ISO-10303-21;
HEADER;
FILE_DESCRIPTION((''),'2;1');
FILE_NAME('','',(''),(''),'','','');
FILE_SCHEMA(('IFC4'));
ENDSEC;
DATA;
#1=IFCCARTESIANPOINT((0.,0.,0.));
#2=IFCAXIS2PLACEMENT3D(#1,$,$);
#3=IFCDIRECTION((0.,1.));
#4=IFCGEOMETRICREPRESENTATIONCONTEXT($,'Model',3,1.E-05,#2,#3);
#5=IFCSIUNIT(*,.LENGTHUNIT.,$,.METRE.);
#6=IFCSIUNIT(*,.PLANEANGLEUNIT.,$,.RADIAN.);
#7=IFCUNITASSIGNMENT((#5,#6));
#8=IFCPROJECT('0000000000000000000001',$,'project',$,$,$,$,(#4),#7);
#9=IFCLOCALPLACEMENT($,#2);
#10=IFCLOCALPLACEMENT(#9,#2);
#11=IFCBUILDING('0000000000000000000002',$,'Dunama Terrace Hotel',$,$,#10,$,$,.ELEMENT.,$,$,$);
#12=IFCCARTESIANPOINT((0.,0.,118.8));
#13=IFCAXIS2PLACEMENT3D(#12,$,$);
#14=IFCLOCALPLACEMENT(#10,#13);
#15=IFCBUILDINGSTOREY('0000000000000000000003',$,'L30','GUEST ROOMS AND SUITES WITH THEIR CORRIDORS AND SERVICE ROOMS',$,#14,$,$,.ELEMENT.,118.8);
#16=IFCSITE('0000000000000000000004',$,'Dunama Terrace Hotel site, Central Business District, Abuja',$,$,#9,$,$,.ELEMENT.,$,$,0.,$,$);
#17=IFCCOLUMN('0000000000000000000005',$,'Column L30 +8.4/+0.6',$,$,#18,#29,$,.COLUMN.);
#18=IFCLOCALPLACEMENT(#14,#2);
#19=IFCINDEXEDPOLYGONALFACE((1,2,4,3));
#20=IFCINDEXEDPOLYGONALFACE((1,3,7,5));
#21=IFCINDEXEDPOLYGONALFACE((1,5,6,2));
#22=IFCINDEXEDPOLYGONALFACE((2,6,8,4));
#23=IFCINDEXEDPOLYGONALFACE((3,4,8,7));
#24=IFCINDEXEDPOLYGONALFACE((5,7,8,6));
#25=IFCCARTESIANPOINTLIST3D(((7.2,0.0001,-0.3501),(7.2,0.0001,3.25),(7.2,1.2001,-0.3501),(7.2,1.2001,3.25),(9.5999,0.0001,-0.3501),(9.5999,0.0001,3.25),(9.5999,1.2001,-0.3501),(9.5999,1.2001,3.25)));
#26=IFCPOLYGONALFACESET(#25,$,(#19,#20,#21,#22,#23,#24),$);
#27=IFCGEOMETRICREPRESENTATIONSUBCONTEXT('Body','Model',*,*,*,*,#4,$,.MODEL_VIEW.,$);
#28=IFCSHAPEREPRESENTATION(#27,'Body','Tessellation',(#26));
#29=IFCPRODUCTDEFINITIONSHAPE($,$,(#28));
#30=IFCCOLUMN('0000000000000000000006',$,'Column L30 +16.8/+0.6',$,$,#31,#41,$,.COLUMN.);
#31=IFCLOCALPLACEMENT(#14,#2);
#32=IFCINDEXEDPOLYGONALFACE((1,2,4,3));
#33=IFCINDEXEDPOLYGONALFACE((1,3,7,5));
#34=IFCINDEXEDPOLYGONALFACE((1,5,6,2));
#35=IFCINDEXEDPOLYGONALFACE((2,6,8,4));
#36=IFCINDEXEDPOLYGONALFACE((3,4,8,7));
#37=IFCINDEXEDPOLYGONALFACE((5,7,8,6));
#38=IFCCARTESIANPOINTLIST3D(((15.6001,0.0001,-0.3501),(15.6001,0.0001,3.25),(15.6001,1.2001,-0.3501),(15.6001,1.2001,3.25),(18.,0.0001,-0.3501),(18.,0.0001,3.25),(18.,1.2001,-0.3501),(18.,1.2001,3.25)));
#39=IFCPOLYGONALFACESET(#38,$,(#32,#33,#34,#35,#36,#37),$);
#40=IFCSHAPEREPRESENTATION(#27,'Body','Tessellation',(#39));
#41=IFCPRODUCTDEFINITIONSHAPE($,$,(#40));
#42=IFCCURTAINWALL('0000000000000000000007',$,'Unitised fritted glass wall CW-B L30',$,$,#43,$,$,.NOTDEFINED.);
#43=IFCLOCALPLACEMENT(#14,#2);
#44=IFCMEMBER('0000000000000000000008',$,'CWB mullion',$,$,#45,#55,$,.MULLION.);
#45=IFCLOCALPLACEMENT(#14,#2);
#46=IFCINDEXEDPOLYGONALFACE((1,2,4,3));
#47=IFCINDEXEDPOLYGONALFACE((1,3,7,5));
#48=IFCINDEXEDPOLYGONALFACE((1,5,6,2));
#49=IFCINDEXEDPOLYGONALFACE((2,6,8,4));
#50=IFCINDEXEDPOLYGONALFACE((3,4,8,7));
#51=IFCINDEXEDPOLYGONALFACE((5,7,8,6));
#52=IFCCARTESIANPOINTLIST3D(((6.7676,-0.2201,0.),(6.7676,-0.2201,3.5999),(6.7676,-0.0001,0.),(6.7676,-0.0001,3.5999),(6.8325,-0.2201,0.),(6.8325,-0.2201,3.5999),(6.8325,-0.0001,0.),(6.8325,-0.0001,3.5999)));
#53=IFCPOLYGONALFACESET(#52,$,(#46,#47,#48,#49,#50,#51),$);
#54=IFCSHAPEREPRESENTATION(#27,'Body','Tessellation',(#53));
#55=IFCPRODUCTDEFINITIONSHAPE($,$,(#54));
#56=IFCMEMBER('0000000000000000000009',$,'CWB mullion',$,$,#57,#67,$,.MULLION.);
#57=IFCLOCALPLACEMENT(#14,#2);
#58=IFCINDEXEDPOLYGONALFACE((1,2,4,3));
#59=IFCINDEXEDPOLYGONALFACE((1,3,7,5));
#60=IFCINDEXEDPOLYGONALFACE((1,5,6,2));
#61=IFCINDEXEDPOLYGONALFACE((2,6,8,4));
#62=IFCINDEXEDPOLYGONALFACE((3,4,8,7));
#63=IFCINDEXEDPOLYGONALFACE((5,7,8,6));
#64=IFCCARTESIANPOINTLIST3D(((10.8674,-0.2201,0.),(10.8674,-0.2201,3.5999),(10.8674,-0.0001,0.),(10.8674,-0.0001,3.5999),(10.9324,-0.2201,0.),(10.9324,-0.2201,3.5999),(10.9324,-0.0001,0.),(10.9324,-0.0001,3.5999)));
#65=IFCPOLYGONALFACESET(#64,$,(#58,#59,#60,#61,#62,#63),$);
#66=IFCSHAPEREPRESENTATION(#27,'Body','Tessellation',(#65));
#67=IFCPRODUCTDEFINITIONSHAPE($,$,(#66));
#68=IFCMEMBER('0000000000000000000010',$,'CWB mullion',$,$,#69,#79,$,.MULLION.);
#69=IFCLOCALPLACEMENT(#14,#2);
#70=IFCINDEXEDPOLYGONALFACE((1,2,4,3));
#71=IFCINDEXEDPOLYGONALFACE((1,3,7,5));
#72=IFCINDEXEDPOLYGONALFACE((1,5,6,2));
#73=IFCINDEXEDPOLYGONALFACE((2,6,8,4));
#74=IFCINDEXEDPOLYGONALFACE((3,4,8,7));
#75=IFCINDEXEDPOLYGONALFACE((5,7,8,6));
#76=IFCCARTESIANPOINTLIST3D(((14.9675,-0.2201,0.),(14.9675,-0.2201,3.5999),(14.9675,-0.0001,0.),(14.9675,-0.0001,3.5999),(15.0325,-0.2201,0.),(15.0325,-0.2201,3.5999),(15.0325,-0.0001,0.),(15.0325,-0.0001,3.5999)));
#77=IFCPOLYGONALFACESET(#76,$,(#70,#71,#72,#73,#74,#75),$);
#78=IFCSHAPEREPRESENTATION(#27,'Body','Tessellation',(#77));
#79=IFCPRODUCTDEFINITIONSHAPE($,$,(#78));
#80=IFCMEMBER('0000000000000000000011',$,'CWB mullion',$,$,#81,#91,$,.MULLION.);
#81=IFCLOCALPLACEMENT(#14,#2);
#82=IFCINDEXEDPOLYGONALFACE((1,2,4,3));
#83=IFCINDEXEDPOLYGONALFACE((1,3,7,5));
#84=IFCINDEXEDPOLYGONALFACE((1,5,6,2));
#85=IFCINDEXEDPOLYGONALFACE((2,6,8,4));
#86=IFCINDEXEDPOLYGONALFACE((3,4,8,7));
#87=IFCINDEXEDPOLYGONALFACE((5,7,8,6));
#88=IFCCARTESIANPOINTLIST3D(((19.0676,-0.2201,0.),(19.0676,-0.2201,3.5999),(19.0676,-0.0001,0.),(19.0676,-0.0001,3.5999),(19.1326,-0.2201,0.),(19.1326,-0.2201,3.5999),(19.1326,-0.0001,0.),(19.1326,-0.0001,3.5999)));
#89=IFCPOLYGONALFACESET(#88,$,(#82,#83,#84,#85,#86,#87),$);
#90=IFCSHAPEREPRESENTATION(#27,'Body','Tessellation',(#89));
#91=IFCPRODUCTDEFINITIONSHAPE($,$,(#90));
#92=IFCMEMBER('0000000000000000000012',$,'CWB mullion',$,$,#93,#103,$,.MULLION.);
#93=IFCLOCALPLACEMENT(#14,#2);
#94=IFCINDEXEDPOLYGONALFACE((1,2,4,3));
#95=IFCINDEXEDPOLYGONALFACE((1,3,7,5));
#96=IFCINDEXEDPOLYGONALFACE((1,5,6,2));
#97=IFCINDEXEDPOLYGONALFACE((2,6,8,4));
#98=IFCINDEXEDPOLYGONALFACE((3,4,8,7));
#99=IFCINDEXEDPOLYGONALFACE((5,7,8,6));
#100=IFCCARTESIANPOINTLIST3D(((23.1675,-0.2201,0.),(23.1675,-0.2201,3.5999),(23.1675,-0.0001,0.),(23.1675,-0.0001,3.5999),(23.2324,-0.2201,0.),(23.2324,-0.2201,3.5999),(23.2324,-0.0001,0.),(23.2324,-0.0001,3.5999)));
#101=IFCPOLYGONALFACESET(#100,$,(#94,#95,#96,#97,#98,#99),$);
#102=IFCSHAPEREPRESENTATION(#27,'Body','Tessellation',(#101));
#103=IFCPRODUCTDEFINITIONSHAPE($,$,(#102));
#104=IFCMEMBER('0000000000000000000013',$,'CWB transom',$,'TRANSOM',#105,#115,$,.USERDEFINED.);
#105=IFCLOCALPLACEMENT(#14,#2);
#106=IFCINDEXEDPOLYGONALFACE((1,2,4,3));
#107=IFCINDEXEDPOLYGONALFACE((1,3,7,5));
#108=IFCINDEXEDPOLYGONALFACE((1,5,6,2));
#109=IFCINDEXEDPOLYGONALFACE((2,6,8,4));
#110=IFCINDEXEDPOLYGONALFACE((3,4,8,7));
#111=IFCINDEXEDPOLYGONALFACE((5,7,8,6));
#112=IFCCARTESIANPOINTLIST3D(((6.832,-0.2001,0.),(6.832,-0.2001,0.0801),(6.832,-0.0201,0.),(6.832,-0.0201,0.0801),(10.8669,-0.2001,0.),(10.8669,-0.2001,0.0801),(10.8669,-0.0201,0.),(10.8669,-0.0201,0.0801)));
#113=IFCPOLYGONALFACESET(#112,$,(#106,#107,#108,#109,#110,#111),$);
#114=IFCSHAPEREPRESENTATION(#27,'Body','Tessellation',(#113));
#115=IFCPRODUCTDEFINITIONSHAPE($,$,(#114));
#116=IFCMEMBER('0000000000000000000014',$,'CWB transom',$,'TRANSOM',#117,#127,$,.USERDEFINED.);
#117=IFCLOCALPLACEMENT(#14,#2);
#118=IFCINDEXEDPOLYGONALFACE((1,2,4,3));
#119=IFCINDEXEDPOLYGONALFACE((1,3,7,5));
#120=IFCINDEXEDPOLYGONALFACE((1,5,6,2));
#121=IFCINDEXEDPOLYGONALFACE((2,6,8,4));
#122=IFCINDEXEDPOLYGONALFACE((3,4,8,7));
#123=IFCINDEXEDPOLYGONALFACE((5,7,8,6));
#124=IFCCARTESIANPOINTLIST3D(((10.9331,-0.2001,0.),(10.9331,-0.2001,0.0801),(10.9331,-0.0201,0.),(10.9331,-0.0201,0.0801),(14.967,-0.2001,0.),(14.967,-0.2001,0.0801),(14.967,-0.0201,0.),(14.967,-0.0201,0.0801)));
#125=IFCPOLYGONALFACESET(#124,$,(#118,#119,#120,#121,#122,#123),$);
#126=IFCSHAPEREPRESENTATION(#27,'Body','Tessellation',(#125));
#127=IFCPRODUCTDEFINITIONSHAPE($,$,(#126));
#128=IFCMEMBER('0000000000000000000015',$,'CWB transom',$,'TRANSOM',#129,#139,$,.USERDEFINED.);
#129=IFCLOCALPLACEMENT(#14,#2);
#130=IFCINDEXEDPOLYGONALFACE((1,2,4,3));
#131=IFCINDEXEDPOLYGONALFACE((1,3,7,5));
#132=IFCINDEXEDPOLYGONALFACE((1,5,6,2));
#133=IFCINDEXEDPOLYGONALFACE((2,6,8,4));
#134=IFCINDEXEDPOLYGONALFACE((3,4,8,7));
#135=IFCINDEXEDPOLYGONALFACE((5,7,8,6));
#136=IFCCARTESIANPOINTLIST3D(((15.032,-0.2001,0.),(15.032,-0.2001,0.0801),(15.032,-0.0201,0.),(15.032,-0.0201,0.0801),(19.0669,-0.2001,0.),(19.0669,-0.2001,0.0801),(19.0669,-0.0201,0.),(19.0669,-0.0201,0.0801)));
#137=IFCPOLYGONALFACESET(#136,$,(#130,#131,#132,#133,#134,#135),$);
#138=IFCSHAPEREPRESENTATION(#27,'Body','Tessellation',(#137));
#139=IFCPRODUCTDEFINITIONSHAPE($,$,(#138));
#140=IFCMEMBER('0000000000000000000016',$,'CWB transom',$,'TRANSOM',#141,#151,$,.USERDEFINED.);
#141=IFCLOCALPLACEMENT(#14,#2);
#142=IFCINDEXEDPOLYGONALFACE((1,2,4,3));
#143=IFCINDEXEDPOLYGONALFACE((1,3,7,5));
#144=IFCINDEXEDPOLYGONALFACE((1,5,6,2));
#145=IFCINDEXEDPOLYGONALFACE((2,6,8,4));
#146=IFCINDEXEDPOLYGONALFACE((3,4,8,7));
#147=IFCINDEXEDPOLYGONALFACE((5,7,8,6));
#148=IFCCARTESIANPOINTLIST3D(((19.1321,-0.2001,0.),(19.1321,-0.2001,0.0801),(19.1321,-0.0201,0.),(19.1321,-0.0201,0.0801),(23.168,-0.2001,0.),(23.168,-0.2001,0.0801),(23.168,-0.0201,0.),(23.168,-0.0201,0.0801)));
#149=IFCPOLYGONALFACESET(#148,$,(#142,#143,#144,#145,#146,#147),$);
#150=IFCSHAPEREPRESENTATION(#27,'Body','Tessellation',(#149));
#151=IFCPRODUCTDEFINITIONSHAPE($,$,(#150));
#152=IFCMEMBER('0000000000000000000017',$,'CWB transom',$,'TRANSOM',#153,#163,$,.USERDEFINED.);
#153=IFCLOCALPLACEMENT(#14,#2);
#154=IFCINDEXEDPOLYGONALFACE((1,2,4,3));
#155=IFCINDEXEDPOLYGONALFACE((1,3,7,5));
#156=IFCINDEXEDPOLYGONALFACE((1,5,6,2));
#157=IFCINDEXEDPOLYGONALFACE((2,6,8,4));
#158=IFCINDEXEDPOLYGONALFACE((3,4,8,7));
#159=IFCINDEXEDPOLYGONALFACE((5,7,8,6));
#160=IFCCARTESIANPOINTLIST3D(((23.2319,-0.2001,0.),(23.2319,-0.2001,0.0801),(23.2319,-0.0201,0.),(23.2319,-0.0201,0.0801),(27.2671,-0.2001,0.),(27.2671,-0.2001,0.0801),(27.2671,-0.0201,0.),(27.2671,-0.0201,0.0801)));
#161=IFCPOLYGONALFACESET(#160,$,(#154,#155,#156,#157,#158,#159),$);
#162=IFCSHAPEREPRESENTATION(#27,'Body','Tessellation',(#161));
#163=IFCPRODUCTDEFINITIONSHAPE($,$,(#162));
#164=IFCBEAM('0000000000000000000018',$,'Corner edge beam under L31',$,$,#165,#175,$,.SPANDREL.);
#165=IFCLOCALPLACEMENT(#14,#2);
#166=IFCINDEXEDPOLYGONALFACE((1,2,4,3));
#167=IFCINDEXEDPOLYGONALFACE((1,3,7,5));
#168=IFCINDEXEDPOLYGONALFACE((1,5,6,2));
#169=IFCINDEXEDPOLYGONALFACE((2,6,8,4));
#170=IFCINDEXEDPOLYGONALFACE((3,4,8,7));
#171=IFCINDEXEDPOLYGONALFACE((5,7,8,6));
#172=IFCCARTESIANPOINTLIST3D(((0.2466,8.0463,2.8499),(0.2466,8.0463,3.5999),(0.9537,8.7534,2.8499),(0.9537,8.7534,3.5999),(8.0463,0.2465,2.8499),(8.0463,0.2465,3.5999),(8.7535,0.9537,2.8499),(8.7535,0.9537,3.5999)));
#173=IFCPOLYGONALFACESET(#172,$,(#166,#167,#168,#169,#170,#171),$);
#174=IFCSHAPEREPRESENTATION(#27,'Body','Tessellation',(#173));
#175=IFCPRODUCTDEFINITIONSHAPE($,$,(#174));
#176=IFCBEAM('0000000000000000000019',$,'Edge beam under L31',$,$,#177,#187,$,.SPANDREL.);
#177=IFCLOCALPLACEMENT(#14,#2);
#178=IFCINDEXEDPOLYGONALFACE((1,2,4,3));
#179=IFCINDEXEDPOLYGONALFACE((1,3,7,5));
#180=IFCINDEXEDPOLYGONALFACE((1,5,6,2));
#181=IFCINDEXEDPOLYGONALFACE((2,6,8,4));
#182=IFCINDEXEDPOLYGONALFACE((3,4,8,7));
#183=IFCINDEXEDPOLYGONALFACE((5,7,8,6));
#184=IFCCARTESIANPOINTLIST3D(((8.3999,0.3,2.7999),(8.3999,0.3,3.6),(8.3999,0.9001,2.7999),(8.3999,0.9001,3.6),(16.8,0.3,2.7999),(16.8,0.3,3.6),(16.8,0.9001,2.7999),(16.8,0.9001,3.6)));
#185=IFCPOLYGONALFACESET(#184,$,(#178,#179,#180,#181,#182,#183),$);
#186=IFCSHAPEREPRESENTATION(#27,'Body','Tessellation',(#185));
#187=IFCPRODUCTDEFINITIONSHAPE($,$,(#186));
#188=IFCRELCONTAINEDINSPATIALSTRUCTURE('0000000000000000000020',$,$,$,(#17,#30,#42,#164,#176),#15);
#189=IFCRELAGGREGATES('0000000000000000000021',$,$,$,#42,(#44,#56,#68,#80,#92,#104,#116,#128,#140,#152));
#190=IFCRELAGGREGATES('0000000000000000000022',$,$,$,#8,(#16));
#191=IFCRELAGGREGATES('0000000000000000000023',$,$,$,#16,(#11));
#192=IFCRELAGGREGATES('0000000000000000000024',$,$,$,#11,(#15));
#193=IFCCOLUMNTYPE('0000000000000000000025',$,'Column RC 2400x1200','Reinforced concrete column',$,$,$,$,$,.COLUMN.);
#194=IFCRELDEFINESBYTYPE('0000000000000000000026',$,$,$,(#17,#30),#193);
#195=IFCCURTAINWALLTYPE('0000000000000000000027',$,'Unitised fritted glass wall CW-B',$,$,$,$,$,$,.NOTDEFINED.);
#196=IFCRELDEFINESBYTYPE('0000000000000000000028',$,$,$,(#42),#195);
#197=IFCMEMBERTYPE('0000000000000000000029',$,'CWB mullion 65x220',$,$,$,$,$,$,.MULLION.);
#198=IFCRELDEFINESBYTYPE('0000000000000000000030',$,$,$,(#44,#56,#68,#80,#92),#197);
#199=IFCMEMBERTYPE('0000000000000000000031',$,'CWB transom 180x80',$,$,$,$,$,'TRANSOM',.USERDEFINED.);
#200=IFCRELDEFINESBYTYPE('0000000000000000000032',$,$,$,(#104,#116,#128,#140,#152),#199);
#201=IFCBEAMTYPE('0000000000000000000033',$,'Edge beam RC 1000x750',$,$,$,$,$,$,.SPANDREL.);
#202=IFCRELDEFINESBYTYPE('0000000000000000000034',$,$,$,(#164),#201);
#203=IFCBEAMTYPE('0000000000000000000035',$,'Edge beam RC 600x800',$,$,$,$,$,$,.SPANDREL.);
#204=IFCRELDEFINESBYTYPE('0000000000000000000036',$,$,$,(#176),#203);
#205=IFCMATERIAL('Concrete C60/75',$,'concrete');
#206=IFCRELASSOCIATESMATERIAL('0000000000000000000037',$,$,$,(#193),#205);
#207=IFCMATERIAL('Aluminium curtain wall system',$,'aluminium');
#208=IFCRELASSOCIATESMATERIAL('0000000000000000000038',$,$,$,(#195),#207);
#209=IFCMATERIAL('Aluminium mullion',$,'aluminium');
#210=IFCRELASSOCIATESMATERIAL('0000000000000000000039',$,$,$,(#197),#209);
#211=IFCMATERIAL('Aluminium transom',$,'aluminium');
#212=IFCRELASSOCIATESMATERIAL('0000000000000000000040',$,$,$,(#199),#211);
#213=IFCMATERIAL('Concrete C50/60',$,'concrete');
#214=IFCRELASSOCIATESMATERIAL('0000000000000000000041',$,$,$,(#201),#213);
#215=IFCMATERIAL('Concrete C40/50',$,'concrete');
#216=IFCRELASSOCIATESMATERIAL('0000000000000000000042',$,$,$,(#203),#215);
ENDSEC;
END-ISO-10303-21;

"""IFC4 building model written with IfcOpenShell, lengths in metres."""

from ifc_helpers import new_model, si_unit, direction, frame, origin, origin_2d, place, context, subcontext, project, spatial, rectangle, extrude, material, material_profile, profile_set, type_object, element, aggregate, save


model = new_model("IFC4")

# Units and contexts
model_context = context("Model", 3, precision=1e-05, world=origin(), true_north=direction((0.0, 1.0)))
body_context = subcontext(model_context, "Body", "Model", "MODEL_VIEW")
ifc_project = project(units=[si_unit("LENGTHUNIT", "METRE"), si_unit("PLANEANGLEUNIT", "RADIAN")], contexts=[model_context])

# Site, building, storey
site_placement = place(None, origin())
site = spatial("IfcSite", under=ifc_project, at=site_placement, Name="Dunama Terrace Hotel site, Central Business District, Abuja", CompositionType="ELEMENT", RefElevation=0.0)
building_placement = place(site_placement, origin())
building = spatial("IfcBuilding", under=site, at=building_placement, Name="Dunama Terrace Hotel", CompositionType="ELEMENT")
storey_placement = place(building_placement, frame((0.0, 0.0, 118.8)))
storey = spatial("IfcBuildingStorey", under=building, at=storey_placement, Name="L30", Description="GUEST ROOMS AND SUITES WITH THEIR CORRIDORS AND SERVICE ROOMS", CompositionType="ELEMENT", Elevation=118.8)

# Columns
ifc_material_1 = material(Name="Concrete C60/75", Category="concrete")
ifc_material_profile_1 = material_profile(ifc_material_1, rectangle(XDim=2.3999, YDim=1.2, at=origin_2d()), Name="RC 2400x1200")
ifc_profile_set_1 = profile_set([ifc_material_profile_1], Name="Concrete C60/75")
column_type = type_object("IfcColumnType", Name="Column RC 2400x1200", Description="Reinforced concrete column", PredefinedType="COLUMN", material=ifc_profile_set_1)
for number, where, z_axis, x_axis, name in (
    (1, (8.3999, 0.6001, -0.3501), (0.0, 0.0, 1.0), (1.0, 0.0, 0.0), "Column L30 +8.4/+0.6"),
    (2, (16.8, 0.6001, -0.3501), (0.0, 0.0, 1.0), (1.0, 0.0, 0.0), "Column L30 +16.8/+0.6"),
):
    element("IfcColumn", number, at=place(storey_placement, frame(where, z_axis=z_axis, x_axis=x_axis)), inside=storey, type_object=column_type, Name=name, PredefinedType="COLUMN", context=body_context, shape_type="SweptSolid", body=[
        extrude(rectangle(XDim=2.3999, YDim=1.2, at=origin_2d()), origin(), (0.0, 0.0, 1.0), 3.6001),
    ])

# Curtain wall, members
ifc_material_2 = material(Name="Aluminium curtain wall system", Category="aluminium")
curtain_wall_type = type_object("IfcCurtainWallType", Name="Unitised fritted glass wall CW-B", PredefinedType="NOTDEFINED", material=ifc_material_2)
curtain_wall_placement = place(storey_placement, origin())
curtain_wall = element("IfcCurtainWall", 3, at=curtain_wall_placement, inside=storey, type_object=curtain_wall_type, Name="Unitised fritted glass wall CW-B L30", PredefinedType="NOTDEFINED")
ifc_material_3 = material(Name="Aluminium mullion", Category="aluminium")
ifc_material_profile_2 = material_profile(ifc_material_3, rectangle(XDim=0.0649, YDim=0.22, at=origin_2d()), Name="CWB MULLION 65X220")
ifc_profile_set_2 = profile_set([ifc_material_profile_2], Name="Aluminium mullion")
member_type_1 = type_object("IfcMemberType", Name="CWB mullion 65x220", PredefinedType="MULLION", material=ifc_profile_set_2)
member_1_placement = place(storey_placement, frame((6.8, -0.1101, 0.0), z_axis=(0.0, 0.0, 1.0), x_axis=(1.0, 0.0, 0.0)))
member_1 = element("IfcMember", 4, at=member_1_placement, type_object=member_type_1, Name="CWB mullion", PredefinedType="MULLION", context=body_context, shape_type="SweptSolid", body=[
    extrude(rectangle(XDim=0.0649, YDim=0.22, at=origin_2d()), origin(), (0.0, 0.0, 1.0), 3.5999),
])
member_2_placement = place(storey_placement, frame((10.8999, -0.1101, 0.0), z_axis=(0.0, 0.0, 1.0), x_axis=(1.0, 0.0, 0.0)))
member_2 = element("IfcMember", 5, at=member_2_placement, type_object=member_type_1, Name="CWB mullion", PredefinedType="MULLION", context=body_context, shape_type="SweptSolid", body=[
    extrude(rectangle(XDim=0.0649, YDim=0.22, at=origin_2d()), origin(), (0.0, 0.0, 1.0), 3.5999),
])
member_3_placement = place(storey_placement, frame((15.0, -0.1101, 0.0), z_axis=(0.0, 0.0, 1.0), x_axis=(1.0, 0.0, 0.0)))
member_3 = element("IfcMember", 6, at=member_3_placement, type_object=member_type_1, Name="CWB mullion", PredefinedType="MULLION", context=body_context, shape_type="SweptSolid", body=[
    extrude(rectangle(XDim=0.0649, YDim=0.22, at=origin_2d()), origin(), (0.0, 0.0, 1.0), 3.5999),
])
member_4_placement = place(storey_placement, frame((19.1001, -0.1101, 0.0), z_axis=(0.0, 0.0, 1.0), x_axis=(1.0, 0.0, 0.0)))
member_4 = element("IfcMember", 7, at=member_4_placement, type_object=member_type_1, Name="CWB mullion", PredefinedType="MULLION", context=body_context, shape_type="SweptSolid", body=[
    extrude(rectangle(XDim=0.0649, YDim=0.22, at=origin_2d()), origin(), (0.0, 0.0, 1.0), 3.5999),
])
member_5_placement = place(storey_placement, frame((23.2, -0.1101, 0.0), z_axis=(0.0, 0.0, 1.0), x_axis=(1.0, 0.0, 0.0)))
member_5 = element("IfcMember", 8, at=member_5_placement, type_object=member_type_1, Name="CWB mullion", PredefinedType="MULLION", context=body_context, shape_type="SweptSolid", body=[
    extrude(rectangle(XDim=0.0649, YDim=0.22, at=origin_2d()), origin(), (0.0, 0.0, 1.0), 3.5999),
])
ifc_material_4 = material(Name="Aluminium transom", Category="aluminium")
ifc_material_profile_3 = material_profile(ifc_material_4, rectangle(XDim=0.1799, YDim=0.0801, at=origin_2d()), Name="CWB TRANSOM 180X80")
ifc_profile_set_3 = profile_set([ifc_material_profile_3], Name="Aluminium transom")
member_type_2 = type_object("IfcMemberType", Name="CWB transom 180x80", ElementType="TRANSOM", PredefinedType="USERDEFINED", material=ifc_profile_set_3)
member_6_placement = place(storey_placement, frame((6.832, -0.1101, 0.04), z_axis=(1.0, 0.0, 0.0), x_axis=(0.0, 1.0, 0.0)))
member_6 = element("IfcMember", 9, at=member_6_placement, type_object=member_type_2, Name="CWB transom", ObjectType="TRANSOM", PredefinedType="USERDEFINED", context=body_context, shape_type="SweptSolid", body=[
    extrude(rectangle(XDim=0.1799, YDim=0.0801, at=origin_2d()), origin(), (0.0, 0.0, 1.0), 4.0349),
])
member_7_placement = place(storey_placement, frame((10.9331, -0.1101, 0.04), z_axis=(1.0, 0.0, 0.0), x_axis=(0.0, 1.0, 0.0)))
member_7 = element("IfcMember", 10, at=member_7_placement, type_object=member_type_2, Name="CWB transom", ObjectType="TRANSOM", PredefinedType="USERDEFINED", context=body_context, shape_type="SweptSolid", body=[
    extrude(rectangle(XDim=0.1799, YDim=0.0801, at=origin_2d()), origin(), (0.0, 0.0, 1.0), 4.0339),
])
member_8_placement = place(storey_placement, frame((15.032, -0.1101, 0.04), z_axis=(1.0, 0.0, 0.0), x_axis=(0.0, 1.0, 0.0)))
member_8 = element("IfcMember", 11, at=member_8_placement, type_object=member_type_2, Name="CWB transom", ObjectType="TRANSOM", PredefinedType="USERDEFINED", context=body_context, shape_type="SweptSolid", body=[
    extrude(rectangle(XDim=0.1799, YDim=0.0801, at=origin_2d()), origin(), (0.0, 0.0, 1.0), 4.0349),
])
member_9_placement = place(storey_placement, frame((19.1321, -0.1101, 0.04), z_axis=(1.0, 0.0, 0.0), x_axis=(0.0, 1.0, 0.0)))
member_9 = element("IfcMember", 12, at=member_9_placement, type_object=member_type_2, Name="CWB transom", ObjectType="TRANSOM", PredefinedType="USERDEFINED", context=body_context, shape_type="SweptSolid", body=[
    extrude(rectangle(XDim=0.1799, YDim=0.0801, at=origin_2d()), origin(), (0.0, 0.0, 1.0), 4.0359),
])
member_10_placement = place(storey_placement, frame((23.2319, -0.1101, 0.04), z_axis=(1.0, 0.0, 0.0), x_axis=(0.0, 1.0, 0.0)))
member_10 = element("IfcMember", 13, at=member_10_placement, type_object=member_type_2, Name="CWB transom", ObjectType="TRANSOM", PredefinedType="USERDEFINED", context=body_context, shape_type="SweptSolid", body=[
    extrude(rectangle(XDim=0.1799, YDim=0.0801, at=origin_2d()), origin(), (0.0, 0.0, 1.0), 4.0352),
])

# Beams
ifc_material_5 = material(Name="Concrete C50/60", Category="concrete")
ifc_material_profile_4 = material_profile(ifc_material_5, rectangle(XDim=1.0, YDim=0.75, at=origin_2d()), Name="RC 1000x750")
ifc_profile_set_4 = profile_set([ifc_material_profile_4], Name="Concrete C50/60")
beam_type_1 = type_object("IfcBeamType", Name="Edge beam RC 1000x750", PredefinedType="SPANDREL", material=ifc_profile_set_4)
beam_1_placement = place(storey_placement, frame((8.3999, 0.6001, 3.2249), z_axis=(-0.707107, 0.707107, 0.0), x_axis=(-0.707107, -0.707107, 0.0)))
element("IfcBeam", 14, at=beam_1_placement, inside=storey, type_object=beam_type_1, Name="Corner edge beam under L31", PredefinedType="SPANDREL", context=body_context, shape_type="SweptSolid", body=[
    extrude(rectangle(XDim=1.0, YDim=0.75, at=origin_2d()), origin(), (0.0, 0.0, 1.0), 11.0305),
])
ifc_material_6 = material(Name="Concrete C40/50", Category="concrete")
ifc_material_profile_5 = material_profile(ifc_material_6, rectangle(XDim=0.6001, YDim=0.8, at=origin_2d()), Name="RC 600x800")
ifc_profile_set_5 = profile_set([ifc_material_profile_5], Name="Concrete C40/50")
beam_type_2 = type_object("IfcBeamType", Name="Edge beam RC 600x800", PredefinedType="SPANDREL", material=ifc_profile_set_5)
beam_2_placement = place(storey_placement, frame((8.3999, 0.6001, 3.2), z_axis=(1.0, 0.0, 0.0), x_axis=(0.0, 1.0, 0.0)))
element("IfcBeam", 15, at=beam_2_placement, inside=storey, type_object=beam_type_2, Name="Edge beam under L31", PredefinedType="SPANDREL", context=body_context, shape_type="SweptSolid", body=[
    extrude(rectangle(XDim=0.6001, YDim=0.8, at=origin_2d()), origin(), (0.0, 0.0, 1.0), 8.4001),
])

aggregate(curtain_wall, [member_1, member_2, member_3, member_4, member_5, member_6, member_7, member_8, member_9, member_10])

save(model, "model.ifc")
